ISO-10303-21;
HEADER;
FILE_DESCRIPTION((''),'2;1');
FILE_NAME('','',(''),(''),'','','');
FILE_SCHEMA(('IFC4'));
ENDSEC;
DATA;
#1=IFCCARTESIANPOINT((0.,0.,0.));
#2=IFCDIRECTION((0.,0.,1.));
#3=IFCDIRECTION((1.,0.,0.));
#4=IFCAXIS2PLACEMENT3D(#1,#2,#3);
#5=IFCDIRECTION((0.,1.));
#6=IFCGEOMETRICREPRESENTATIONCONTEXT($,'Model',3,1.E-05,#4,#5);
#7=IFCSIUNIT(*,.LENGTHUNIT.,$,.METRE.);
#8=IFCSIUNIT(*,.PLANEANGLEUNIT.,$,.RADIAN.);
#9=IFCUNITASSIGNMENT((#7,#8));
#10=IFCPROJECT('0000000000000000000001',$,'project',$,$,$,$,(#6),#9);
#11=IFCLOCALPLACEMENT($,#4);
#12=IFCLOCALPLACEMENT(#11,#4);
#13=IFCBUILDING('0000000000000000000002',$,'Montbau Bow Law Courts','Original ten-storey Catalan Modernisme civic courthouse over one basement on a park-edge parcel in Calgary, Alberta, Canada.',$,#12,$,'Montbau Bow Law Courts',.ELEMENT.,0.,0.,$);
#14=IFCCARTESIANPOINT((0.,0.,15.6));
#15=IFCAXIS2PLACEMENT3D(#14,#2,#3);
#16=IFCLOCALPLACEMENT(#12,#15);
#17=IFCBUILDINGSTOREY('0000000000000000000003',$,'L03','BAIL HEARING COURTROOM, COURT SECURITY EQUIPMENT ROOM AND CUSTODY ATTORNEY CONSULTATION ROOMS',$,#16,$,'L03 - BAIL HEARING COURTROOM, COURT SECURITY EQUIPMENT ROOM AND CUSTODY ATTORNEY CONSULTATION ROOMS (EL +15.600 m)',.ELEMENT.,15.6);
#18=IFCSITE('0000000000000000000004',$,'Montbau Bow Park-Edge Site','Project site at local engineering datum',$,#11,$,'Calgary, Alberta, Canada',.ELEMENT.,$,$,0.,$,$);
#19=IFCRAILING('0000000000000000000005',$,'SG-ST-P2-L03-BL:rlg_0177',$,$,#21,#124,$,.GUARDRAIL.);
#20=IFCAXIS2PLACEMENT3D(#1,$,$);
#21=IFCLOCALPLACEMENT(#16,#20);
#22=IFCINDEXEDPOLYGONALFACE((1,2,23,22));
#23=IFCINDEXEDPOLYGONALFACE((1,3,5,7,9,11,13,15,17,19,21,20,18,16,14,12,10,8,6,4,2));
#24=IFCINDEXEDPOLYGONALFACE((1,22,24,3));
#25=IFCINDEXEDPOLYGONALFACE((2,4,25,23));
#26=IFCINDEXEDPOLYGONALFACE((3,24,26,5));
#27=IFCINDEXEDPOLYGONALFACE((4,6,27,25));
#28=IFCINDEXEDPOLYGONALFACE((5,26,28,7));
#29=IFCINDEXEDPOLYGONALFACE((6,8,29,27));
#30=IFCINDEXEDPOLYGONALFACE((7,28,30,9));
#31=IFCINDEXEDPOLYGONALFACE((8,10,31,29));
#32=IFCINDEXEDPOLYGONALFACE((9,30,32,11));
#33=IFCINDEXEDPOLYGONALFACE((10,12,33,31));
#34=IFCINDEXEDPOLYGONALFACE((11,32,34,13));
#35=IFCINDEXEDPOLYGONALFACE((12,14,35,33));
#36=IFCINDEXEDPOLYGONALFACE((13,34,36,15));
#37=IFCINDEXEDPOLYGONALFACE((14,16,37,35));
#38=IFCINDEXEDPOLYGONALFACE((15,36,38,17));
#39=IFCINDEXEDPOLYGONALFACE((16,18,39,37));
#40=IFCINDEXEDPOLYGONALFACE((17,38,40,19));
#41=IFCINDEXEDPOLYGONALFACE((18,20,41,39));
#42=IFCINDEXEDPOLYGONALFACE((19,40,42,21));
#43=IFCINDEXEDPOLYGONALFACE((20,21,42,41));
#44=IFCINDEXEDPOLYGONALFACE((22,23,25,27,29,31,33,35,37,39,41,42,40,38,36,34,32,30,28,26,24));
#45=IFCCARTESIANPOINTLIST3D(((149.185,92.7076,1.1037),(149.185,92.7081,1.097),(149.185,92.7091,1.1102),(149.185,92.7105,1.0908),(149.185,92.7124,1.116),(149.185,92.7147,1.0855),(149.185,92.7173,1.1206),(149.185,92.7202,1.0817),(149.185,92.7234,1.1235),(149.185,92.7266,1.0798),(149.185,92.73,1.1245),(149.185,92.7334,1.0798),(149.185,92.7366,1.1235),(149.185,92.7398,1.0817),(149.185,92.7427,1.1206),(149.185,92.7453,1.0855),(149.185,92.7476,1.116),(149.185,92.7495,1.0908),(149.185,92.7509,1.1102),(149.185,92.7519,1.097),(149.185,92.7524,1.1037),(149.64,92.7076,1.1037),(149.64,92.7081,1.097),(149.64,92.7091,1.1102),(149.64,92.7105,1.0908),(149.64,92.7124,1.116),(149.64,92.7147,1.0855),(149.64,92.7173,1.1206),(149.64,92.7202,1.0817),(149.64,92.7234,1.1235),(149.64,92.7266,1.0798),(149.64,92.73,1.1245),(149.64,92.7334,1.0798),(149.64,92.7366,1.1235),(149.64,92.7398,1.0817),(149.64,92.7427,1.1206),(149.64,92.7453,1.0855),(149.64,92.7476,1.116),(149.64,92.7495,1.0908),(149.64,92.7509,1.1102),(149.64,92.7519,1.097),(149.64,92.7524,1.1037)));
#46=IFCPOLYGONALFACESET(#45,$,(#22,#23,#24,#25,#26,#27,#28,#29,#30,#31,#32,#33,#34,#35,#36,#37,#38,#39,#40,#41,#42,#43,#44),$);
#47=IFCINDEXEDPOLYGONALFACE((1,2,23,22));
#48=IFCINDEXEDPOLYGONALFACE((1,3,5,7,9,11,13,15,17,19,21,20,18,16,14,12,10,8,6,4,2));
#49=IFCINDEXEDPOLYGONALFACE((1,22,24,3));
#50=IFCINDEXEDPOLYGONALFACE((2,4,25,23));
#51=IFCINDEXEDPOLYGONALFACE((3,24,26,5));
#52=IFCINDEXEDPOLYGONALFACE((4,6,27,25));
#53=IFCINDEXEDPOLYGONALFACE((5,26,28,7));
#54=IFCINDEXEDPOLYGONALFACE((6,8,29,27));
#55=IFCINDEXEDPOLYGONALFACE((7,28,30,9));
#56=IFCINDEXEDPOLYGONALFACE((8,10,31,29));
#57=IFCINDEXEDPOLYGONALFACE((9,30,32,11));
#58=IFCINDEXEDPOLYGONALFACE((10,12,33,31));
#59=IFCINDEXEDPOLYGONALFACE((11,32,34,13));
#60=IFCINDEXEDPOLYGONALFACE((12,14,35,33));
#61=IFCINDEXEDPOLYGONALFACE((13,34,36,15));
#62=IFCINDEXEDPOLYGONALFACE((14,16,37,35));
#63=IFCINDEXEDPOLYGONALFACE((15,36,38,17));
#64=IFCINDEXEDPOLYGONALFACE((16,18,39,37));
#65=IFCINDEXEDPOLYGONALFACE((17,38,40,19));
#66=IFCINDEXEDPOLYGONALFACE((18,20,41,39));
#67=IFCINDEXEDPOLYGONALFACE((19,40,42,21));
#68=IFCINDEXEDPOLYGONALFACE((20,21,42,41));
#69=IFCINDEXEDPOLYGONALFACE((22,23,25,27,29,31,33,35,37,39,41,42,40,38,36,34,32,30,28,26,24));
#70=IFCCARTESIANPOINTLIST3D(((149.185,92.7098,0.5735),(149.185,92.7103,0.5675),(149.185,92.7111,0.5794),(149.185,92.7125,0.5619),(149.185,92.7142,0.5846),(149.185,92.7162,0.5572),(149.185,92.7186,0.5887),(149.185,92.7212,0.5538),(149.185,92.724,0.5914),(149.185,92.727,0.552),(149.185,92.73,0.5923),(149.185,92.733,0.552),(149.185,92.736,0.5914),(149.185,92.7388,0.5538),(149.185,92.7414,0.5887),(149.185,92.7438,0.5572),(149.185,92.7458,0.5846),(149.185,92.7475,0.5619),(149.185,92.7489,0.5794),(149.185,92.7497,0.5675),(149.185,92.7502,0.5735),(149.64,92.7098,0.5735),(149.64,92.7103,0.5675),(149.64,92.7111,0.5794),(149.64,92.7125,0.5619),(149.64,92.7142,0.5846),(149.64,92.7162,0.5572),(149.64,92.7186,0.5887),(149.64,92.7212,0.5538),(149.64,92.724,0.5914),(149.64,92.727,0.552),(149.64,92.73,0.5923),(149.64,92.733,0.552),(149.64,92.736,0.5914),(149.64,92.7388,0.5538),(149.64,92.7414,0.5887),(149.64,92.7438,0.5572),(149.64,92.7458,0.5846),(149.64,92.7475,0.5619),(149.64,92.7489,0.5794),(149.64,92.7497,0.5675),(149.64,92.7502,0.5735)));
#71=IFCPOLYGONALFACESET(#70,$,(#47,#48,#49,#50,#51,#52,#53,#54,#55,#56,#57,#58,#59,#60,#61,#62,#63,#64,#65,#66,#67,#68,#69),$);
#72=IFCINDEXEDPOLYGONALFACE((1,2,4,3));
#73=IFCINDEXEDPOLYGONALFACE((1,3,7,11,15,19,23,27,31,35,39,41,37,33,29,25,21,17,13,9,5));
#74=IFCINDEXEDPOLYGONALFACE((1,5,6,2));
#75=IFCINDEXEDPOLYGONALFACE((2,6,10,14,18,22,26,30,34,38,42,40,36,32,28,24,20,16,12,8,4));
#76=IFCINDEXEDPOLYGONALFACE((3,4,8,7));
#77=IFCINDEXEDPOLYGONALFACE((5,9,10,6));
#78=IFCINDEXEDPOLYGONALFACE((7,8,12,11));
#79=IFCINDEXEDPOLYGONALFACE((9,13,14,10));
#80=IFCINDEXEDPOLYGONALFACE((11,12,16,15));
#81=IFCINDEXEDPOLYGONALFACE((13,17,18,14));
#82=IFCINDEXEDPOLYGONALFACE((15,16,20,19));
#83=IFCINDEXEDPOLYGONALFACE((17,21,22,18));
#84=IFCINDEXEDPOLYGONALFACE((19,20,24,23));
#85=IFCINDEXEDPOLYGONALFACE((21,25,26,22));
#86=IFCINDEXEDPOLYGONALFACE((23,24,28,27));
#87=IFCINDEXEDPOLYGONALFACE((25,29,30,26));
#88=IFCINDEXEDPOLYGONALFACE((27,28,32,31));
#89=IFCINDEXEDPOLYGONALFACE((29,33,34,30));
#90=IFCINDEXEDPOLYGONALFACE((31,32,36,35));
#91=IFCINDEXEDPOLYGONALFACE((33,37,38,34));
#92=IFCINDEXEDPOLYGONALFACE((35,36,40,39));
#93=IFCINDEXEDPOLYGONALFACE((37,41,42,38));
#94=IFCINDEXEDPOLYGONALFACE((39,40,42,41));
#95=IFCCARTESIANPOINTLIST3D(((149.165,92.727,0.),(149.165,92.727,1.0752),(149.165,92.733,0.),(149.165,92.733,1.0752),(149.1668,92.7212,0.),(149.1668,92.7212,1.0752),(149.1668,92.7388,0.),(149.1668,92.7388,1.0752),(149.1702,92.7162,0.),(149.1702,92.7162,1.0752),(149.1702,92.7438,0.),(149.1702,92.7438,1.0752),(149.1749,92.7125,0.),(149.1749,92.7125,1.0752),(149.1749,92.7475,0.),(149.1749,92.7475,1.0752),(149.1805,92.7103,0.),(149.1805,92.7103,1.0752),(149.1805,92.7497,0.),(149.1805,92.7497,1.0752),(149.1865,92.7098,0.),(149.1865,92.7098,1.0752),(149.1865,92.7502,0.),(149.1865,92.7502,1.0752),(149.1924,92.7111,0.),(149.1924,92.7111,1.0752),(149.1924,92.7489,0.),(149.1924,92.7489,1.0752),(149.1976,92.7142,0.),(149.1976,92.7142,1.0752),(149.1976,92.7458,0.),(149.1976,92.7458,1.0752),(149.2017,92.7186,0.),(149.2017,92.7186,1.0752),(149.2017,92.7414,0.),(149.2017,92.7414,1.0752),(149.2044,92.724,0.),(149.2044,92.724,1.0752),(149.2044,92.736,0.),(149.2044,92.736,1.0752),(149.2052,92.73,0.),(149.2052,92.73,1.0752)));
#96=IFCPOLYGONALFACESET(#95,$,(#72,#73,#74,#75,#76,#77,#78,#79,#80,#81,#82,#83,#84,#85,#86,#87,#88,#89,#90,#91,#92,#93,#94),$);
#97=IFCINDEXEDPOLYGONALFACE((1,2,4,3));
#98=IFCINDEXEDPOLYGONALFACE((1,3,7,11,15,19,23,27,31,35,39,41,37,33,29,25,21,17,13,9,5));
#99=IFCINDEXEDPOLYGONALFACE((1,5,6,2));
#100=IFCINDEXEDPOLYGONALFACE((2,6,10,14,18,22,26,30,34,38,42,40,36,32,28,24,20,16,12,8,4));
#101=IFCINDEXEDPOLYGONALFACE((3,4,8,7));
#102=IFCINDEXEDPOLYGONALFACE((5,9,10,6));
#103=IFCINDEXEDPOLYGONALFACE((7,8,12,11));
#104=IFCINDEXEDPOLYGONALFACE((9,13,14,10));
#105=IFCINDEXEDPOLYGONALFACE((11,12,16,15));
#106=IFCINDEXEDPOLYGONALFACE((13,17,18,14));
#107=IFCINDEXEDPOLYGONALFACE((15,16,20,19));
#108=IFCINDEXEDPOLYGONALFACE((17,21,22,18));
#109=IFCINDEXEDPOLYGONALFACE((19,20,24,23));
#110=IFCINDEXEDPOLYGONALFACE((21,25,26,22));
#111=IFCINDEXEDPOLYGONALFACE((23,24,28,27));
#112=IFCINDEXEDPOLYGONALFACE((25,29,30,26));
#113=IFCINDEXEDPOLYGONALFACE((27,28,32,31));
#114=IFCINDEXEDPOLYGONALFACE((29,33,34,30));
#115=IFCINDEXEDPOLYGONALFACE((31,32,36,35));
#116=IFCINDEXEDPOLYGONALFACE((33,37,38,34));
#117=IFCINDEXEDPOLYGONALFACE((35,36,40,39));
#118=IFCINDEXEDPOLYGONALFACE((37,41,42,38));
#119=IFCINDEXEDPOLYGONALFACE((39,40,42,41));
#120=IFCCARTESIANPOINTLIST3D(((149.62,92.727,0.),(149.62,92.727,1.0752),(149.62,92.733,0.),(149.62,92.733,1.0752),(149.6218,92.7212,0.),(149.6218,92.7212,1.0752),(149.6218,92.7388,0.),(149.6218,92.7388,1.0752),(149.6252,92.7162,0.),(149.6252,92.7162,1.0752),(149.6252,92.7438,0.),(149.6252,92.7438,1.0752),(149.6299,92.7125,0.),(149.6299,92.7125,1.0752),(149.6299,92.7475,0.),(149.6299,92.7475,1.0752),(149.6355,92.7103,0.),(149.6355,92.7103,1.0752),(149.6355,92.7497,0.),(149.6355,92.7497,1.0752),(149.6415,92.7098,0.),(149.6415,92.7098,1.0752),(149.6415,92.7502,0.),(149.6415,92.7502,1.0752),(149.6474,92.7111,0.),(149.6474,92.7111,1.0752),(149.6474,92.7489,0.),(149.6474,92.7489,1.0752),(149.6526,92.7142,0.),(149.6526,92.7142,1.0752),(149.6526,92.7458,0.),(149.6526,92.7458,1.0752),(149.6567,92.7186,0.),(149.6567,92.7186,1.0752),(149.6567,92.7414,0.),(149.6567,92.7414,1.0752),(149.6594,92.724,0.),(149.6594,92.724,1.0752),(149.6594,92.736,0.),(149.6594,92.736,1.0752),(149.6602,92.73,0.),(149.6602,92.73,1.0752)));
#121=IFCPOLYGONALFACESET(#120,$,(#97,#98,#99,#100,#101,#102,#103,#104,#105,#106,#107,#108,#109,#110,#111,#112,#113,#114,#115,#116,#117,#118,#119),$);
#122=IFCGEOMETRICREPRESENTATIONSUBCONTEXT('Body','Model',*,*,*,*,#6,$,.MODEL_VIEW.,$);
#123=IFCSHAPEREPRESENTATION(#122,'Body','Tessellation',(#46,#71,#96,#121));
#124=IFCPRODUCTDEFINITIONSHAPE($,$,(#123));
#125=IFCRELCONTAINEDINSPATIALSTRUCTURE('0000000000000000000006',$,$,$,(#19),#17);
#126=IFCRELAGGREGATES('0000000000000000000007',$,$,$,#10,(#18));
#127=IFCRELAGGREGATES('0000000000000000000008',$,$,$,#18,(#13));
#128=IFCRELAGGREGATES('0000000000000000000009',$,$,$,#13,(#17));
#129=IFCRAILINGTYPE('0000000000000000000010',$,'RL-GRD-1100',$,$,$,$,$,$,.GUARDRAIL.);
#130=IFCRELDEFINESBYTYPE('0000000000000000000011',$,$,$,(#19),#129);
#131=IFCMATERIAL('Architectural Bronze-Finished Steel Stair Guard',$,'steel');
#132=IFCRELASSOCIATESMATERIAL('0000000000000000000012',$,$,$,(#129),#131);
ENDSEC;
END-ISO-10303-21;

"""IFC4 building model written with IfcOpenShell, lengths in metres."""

from ifc_helpers import new_model, si_unit, direction, frame, origin_with_axes, origin_2d_with_axis, place, context, subcontext, project, spatial, circle, extrude, material, type_object, element, save


model = new_model("IFC4")

# Units and contexts
model_context = context("Model", 3, precision=1e-05, world=origin_with_axes(), true_north=direction((0.0, 1.0)))
body_context = subcontext(model_context, "Body", "Model", "MODEL_VIEW")
ifc_project = project(units=[si_unit("LENGTHUNIT", "METRE"), si_unit("PLANEANGLEUNIT", "RADIAN")], contexts=[model_context])

# Site, building, storey
site_placement = place(None, origin_with_axes())
site = spatial("IfcSite", under=ifc_project, at=site_placement, Name="Montbau Bow Park-Edge Site", Description="Project site at local engineering datum", LongName="Calgary, Alberta, Canada", CompositionType="ELEMENT", RefElevation=0.0)
building_placement = place(site_placement, origin_with_axes())
building = spatial("IfcBuilding", under=site, at=building_placement, Name="Montbau Bow Law Courts", Description="Original ten-storey Catalan Modernisme civic courthouse over one basement on a park-edge parcel in Calgary, Alberta, Canada.", LongName="Montbau Bow Law Courts", CompositionType="ELEMENT", ElevationOfRefHeight=0.0, ElevationOfTerrain=0.0)
storey_placement = place(building_placement, frame((0.0, 0.0, 15.6), z_axis=(0.0, 0.0, 1.0), x_axis=(1.0, 0.0, 0.0)))
storey = spatial("IfcBuildingStorey", under=building, at=storey_placement, Name="L03", Description="BAIL HEARING COURTROOM, COURT SECURITY EQUIPMENT ROOM AND CUSTODY ATTORNEY CONSULTATION ROOMS", LongName="L03 - BAIL HEARING COURTROOM, COURT SECURITY EQUIPMENT ROOM AND CUSTODY ATTORNEY CONSULTATION ROOMS (EL +15.600 m)", CompositionType="ELEMENT", Elevation=15.6)

# Railing
ifc_material_1 = material(Name="Architectural Bronze-Finished Steel Stair Guard", Category="steel")
railing_type_1 = type_object("IfcRailingType", Name="RL-GRD-1100", PredefinedType="GUARDRAIL", material=ifc_material_1)
railing_1_placement = place(None, origin_with_axes())
element("IfcRailing", 1, at=railing_1_placement, inside=storey, type_object=railing_type_1, Name="SG-ST-P2-L03-BL:rlg_0177", PredefinedType="GUARDRAIL", context=body_context, shape_type="SweptSolid", body=[
    extrude(circle(Radius=0.0225, at=origin_2d_with_axis()), frame((149.185, 92.73, 16.702), z_axis=(1.0, 0.0, 0.0), x_axis=(0.0, 0.0, 1.0)), (0.0, 0.0, 1.0), 0.455),
    extrude(circle(Radius=0.0203, at=origin_2d_with_axis()), frame((149.185, 92.73, 16.172), z_axis=(1.0, 0.0, 0.0), x_axis=(0.0, 0.0, 1.0)), (0.0, 0.0, 1.0), 0.455),
    extrude(circle(Radius=0.0203, at=origin_2d_with_axis()), frame((149.185, 92.73, 15.6), z_axis=(0.0, 0.0, 1.0), x_axis=(1.0, 0.0, 0.0)), (0.0, 0.0, 1.0), 1.0753),
    extrude(circle(Radius=0.0203, at=origin_2d_with_axis()), frame((149.64, 92.73, 15.6), z_axis=(0.0, 0.0, 1.0), x_axis=(1.0, 0.0, 0.0)), (0.0, 0.0, 1.0), 1.0753),
])

save(model, "model.ifc")
